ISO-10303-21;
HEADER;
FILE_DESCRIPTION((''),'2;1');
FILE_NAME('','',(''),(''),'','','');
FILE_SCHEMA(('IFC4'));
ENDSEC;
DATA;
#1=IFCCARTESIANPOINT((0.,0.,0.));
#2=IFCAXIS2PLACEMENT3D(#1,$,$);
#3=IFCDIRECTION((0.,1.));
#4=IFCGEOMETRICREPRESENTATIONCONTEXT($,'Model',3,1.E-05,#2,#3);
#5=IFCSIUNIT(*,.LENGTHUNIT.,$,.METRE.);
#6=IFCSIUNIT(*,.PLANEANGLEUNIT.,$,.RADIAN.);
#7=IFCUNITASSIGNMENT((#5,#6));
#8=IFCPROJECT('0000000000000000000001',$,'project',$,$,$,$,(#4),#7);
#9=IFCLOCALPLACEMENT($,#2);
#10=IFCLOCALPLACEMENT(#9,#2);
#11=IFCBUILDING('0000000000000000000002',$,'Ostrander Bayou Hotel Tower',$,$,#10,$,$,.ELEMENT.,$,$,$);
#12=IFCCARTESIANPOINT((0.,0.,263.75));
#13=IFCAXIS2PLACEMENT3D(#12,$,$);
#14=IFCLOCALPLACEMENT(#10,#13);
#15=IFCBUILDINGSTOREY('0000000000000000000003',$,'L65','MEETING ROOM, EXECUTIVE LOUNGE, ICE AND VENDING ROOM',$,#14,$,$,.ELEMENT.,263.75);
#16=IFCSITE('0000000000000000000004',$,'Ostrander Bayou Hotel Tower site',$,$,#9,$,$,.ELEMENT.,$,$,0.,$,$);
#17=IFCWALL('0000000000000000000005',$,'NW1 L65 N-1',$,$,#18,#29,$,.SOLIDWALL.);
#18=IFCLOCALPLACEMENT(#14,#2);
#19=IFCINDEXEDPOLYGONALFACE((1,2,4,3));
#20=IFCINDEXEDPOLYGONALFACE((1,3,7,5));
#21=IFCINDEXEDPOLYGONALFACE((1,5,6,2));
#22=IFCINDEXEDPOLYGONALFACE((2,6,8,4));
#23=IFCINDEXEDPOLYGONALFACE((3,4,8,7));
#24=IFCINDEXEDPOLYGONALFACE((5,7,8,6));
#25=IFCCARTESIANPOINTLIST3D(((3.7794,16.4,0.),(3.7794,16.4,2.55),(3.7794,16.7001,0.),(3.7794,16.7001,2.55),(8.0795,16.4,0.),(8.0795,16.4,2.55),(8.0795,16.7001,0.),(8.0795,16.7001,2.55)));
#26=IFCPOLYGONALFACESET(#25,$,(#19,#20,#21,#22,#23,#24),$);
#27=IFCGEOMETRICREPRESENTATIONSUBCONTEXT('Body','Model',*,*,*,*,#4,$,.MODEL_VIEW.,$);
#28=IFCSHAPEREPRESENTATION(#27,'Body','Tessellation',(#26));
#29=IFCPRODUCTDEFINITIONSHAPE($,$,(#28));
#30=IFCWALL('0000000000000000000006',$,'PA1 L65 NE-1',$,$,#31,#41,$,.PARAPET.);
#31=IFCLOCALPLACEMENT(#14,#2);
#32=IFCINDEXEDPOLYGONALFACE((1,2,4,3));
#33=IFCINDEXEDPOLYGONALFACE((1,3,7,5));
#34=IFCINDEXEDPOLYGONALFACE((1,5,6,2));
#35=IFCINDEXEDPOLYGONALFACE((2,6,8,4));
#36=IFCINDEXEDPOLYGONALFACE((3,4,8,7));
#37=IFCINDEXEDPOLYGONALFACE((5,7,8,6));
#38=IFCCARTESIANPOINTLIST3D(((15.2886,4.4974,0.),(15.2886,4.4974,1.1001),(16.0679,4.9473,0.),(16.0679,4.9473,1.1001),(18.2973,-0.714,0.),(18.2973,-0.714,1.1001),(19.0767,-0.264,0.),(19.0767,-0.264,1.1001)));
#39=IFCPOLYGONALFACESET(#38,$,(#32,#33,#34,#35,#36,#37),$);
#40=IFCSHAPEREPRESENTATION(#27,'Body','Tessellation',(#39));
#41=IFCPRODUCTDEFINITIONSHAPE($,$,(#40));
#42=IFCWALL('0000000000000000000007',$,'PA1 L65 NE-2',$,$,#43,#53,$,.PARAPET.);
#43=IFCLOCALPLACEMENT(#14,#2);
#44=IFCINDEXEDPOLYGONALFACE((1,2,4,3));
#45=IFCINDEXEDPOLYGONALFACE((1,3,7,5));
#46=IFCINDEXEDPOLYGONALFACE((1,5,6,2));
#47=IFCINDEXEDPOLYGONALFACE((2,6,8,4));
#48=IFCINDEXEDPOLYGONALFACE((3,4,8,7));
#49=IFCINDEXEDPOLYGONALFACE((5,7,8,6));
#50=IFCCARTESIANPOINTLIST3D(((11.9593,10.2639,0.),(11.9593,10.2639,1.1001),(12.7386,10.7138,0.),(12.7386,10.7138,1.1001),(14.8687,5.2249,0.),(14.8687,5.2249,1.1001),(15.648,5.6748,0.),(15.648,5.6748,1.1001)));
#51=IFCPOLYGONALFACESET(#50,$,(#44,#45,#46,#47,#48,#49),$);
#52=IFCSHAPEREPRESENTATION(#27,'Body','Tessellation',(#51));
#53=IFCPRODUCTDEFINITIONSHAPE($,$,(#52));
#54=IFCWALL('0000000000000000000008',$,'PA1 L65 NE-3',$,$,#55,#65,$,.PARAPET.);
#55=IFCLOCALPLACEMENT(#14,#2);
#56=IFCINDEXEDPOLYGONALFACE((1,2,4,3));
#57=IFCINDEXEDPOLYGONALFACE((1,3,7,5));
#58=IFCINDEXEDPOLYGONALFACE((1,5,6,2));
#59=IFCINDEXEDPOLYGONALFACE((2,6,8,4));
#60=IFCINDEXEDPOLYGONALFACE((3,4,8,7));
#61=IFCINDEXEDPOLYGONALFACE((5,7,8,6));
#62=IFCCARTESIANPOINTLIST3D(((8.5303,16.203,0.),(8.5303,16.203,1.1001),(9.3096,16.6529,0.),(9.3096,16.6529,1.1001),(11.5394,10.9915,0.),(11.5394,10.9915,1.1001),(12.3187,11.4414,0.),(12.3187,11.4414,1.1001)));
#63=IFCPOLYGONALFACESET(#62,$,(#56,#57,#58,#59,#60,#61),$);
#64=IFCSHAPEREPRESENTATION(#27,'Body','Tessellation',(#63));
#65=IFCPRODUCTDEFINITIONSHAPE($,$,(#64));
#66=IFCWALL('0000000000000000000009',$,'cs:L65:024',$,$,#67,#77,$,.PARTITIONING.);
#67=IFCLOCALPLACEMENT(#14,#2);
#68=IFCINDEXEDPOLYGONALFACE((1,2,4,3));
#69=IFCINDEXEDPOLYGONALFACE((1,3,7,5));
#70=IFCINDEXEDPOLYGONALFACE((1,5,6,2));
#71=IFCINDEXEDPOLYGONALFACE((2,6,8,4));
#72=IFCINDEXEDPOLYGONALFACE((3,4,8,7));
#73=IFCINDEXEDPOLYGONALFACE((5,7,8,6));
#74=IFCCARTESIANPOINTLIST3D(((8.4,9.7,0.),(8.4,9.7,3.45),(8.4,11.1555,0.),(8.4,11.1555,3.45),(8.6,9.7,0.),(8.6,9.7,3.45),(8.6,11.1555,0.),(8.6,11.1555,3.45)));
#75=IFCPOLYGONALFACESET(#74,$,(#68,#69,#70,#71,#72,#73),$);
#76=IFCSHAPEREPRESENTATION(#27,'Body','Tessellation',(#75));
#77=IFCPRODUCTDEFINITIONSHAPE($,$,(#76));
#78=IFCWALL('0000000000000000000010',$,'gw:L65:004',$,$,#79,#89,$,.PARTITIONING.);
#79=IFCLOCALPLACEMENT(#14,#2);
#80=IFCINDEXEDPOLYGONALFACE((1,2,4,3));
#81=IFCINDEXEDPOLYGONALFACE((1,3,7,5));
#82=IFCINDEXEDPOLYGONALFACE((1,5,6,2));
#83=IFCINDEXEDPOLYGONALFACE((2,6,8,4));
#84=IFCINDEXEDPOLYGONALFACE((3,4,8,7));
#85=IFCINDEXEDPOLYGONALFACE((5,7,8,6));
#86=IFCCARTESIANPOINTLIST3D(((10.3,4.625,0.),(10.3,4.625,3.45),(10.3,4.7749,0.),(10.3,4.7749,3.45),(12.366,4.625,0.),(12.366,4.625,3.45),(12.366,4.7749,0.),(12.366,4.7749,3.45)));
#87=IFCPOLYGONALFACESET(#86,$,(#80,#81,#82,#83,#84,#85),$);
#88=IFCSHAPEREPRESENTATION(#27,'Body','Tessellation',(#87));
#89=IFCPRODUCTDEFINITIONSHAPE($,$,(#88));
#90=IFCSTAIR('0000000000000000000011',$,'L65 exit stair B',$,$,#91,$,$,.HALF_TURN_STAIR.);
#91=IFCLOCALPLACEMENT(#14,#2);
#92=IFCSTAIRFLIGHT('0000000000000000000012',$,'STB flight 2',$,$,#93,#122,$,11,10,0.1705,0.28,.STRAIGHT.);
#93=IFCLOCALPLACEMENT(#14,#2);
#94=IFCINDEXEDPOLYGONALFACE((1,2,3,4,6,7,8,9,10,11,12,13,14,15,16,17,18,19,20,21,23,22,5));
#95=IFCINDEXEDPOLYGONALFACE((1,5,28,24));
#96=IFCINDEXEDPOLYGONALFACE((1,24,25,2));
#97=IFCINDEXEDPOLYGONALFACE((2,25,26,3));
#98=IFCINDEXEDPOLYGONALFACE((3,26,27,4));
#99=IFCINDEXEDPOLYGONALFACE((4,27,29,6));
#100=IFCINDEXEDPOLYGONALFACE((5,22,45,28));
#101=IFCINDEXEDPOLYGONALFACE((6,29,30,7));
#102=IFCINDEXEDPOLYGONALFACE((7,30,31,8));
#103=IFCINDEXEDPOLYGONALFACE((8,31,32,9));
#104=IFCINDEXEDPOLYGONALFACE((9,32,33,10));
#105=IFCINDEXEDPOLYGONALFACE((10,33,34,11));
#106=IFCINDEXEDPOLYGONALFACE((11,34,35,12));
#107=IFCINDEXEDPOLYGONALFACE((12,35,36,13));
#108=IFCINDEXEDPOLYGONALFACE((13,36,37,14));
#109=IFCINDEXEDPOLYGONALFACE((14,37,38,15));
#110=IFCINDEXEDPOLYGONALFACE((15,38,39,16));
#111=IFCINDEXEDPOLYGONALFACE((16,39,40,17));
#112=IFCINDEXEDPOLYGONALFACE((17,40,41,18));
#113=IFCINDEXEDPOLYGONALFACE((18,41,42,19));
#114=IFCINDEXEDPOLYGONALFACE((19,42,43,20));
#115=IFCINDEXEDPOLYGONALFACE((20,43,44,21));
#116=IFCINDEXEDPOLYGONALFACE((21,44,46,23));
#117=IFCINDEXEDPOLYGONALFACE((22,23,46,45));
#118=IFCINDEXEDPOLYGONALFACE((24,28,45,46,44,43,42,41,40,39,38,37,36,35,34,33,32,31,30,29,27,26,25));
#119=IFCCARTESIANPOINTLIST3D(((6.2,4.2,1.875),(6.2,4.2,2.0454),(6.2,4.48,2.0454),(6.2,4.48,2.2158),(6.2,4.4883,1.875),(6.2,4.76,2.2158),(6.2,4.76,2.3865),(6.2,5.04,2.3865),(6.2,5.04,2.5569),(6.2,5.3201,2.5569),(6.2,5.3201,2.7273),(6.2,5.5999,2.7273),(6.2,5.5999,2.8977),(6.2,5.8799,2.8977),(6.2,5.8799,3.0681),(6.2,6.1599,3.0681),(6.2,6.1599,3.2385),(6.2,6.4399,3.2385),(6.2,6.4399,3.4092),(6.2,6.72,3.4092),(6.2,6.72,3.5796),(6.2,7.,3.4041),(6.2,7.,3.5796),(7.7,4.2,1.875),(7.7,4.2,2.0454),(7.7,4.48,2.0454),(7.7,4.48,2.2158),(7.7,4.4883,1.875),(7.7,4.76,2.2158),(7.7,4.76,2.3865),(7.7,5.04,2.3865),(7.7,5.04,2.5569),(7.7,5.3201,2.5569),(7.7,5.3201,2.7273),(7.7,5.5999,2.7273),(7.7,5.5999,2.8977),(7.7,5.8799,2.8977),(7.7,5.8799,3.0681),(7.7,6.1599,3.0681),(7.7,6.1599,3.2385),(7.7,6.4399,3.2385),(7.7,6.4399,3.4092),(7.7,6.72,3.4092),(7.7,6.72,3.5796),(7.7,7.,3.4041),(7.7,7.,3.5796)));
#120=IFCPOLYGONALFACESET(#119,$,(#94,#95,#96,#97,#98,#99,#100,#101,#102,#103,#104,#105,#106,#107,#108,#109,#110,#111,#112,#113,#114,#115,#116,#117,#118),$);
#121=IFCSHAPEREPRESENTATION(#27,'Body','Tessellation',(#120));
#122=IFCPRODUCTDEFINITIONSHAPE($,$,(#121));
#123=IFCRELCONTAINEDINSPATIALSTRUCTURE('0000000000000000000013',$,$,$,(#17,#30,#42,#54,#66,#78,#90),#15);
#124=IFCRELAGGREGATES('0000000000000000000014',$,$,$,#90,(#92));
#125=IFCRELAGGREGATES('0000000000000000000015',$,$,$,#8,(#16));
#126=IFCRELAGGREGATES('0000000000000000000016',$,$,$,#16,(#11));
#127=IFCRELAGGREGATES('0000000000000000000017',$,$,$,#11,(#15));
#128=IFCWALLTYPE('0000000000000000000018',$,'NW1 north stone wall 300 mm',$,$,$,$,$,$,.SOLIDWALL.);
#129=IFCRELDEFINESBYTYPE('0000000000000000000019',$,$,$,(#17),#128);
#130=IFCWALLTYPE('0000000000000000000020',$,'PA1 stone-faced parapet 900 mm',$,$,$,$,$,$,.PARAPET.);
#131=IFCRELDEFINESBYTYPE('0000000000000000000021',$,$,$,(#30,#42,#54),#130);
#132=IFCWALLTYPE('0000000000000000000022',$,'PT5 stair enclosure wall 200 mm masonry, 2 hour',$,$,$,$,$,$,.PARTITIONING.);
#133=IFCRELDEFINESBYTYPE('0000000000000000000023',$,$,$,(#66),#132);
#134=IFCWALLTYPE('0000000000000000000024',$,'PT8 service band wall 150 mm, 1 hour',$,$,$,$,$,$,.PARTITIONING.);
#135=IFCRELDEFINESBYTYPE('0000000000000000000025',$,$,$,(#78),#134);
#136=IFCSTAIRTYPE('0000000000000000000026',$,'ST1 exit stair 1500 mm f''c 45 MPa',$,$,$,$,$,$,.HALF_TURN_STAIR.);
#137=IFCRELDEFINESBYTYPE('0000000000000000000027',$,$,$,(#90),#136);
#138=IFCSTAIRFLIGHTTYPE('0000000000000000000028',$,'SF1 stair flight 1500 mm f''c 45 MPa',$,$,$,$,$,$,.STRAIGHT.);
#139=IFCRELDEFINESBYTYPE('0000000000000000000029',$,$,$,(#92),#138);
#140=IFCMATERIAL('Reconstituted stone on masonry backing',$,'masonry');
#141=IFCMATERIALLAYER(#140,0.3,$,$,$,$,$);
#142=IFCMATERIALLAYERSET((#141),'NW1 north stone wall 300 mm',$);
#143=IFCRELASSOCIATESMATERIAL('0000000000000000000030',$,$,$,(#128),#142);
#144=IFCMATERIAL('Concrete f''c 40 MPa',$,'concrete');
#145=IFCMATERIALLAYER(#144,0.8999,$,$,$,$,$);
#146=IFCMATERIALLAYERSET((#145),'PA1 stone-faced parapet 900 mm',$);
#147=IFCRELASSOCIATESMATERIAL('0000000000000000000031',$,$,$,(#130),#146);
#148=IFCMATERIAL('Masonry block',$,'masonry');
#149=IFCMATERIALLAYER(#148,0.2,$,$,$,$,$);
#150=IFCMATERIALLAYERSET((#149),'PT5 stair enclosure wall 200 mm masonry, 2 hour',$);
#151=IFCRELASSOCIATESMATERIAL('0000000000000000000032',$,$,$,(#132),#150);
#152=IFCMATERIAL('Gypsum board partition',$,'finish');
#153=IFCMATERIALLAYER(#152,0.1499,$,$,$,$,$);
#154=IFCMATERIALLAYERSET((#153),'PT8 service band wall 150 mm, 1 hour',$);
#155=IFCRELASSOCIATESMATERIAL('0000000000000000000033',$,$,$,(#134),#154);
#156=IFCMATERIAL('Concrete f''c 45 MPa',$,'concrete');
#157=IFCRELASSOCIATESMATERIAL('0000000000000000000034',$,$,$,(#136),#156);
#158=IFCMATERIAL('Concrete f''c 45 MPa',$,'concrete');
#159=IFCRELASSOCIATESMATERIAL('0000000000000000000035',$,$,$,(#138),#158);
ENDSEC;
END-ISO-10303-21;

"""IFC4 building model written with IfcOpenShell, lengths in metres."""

from ifc_helpers import new_model, si_unit, direction, frame, frame_2d, origin, place, context, subcontext, project, spatial, polyline, rectangle, outline, extrude, material, layer, layer_set, type_object, element, aggregate, save


model = new_model("IFC4")

# Units and contexts
model_context = context("Model", 3, precision=1e-05, world=origin(), true_north=direction((0.0, 1.0)))
body_context = subcontext(model_context, "Body", "Model", "MODEL_VIEW")
ifc_project = project(units=[si_unit("LENGTHUNIT", "METRE"), si_unit("PLANEANGLEUNIT", "RADIAN")], contexts=[model_context])

# Site, building, storey
site_placement = place(None, origin())
site = spatial("IfcSite", under=ifc_project, at=site_placement, Name="Ostrander Bayou Hotel Tower site", CompositionType="ELEMENT", RefElevation=0.0)
building_placement = place(site_placement, origin())
building = spatial("IfcBuilding", under=site, at=building_placement, Name="Ostrander Bayou Hotel Tower", CompositionType="ELEMENT")
storey_placement = place(building_placement, frame((0.0, 0.0, 263.75)))
storey = spatial("IfcBuildingStorey", under=building, at=storey_placement, Name="L65", Description="MEETING ROOM, EXECUTIVE LOUNGE, ICE AND VENDING ROOM", CompositionType="ELEMENT", Elevation=263.75)

# Walls
ifc_material_1 = material(Name="Reconstituted stone on masonry backing", Category="masonry")
ifc_layer_1 = layer(ifc_material_1, 0.3)
ifc_layer_set_1 = layer_set([ifc_layer_1], Name="NW1 north stone wall 300 mm")
wall_type_1 = type_object("IfcWallType", Name="NW1 north stone wall 300 mm", PredefinedType="SOLIDWALL", material=ifc_layer_set_1)
wall_1_placement = place(storey_placement, frame((8.0793, 16.55, 0.0), z_axis=(0.0, 0.0, 1.0), x_axis=(-1.0, 0.0, 0.0)))
element("IfcWall", 1, at=wall_1_placement, inside=storey, type_object=wall_type_1, Name="NW1 L65 N-1", PredefinedType="SOLIDWALL", context=body_context, shape_type="SweptSolid", body=[
    extrude(rectangle(XDim=4.3, YDim=0.3, at=frame_2d((2.1499, 0.0))), origin(), (0.0, 0.0, 1.0), 2.55),
])
ifc_material_2 = material(Name="Concrete f'c 40 MPa", Category="concrete")
ifc_layer_2 = layer(ifc_material_2, 0.8999)
ifc_layer_set_2 = layer_set([ifc_layer_2], Name="PA1 stone-faced parapet 900 mm")
wall_type_2 = type_object("IfcWallType", Name="PA1 stone-faced parapet 900 mm", PredefinedType="PARAPET", material=ifc_layer_set_2)
wall_2_placement = place(storey_placement, frame((18.687, -0.489, 0.0), z_axis=(0.0, 0.0, 1.0), x_axis=(-0.499996, 0.866027, 0.0)))
element("IfcWall", 2, at=wall_2_placement, inside=storey, type_object=wall_type_2, Name="PA1 L65 NE-1", PredefinedType="PARAPET", context=body_context, shape_type="SweptSolid", body=[
    extrude(rectangle(XDim=6.0176, YDim=0.8999, at=frame_2d((3.0088, 0.0))), origin(), (0.0, 0.0, 1.0), 1.1001),
])
wall_3_placement = place(storey_placement, frame((15.2583, 5.45, 0.0), z_axis=(0.0, 0.0, 1.0), x_axis=(-0.500015, 0.866016, 0.0)))
element("IfcWall", 3, at=wall_3_placement, inside=storey, type_object=wall_type_2, Name="PA1 L65 NE-2", PredefinedType="PARAPET", context=body_context, shape_type="SweptSolid", body=[
    extrude(rectangle(XDim=5.8186, YDim=0.8999, at=frame_2d((2.9092, 0.0))), origin(), (0.0, 0.0, 1.0), 1.1001),
])
wall_4_placement = place(storey_placement, frame((11.929, 11.2166, 0.0), z_axis=(0.0, 0.0, 1.0), x_axis=(-0.500027, 0.86601, 0.0)))
element("IfcWall", 4, at=wall_4_placement, inside=storey, type_object=wall_type_2, Name="PA1 L65 NE-3", PredefinedType="PARAPET", context=body_context, shape_type="SweptSolid", body=[
    extrude(rectangle(XDim=6.0178, YDim=0.8999, at=frame_2d((3.0088, 0.0))), origin(), (0.0, 0.0, 1.0), 1.1001),
])
ifc_material_3 = material(Name="Masonry block", Category="masonry")
ifc_layer_3 = layer(ifc_material_3, 0.2)
ifc_layer_set_3 = layer_set([ifc_layer_3], Name="PT5 stair enclosure wall 200 mm masonry, 2 hour")
wall_type_3 = type_object("IfcWallType", Name="PT5 stair enclosure wall 200 mm masonry, 2 hour", PredefinedType="PARTITIONING", material=ifc_layer_set_3)
wall_5_placement = place(storey_placement, frame((8.5, 9.7, 0.0), z_axis=(0.0, 0.0, 1.0), x_axis=(0.0, 1.0, 0.0)))
element("IfcWall", 5, at=wall_5_placement, inside=storey, type_object=wall_type_3, Name="cs:L65:024", PredefinedType="PARTITIONING", context=body_context, shape_type="SweptSolid", body=[
    extrude(rectangle(XDim=1.4556, YDim=0.2, at=frame_2d((0.7278, 0.0))), origin(), (0.0, 0.0, 1.0), 3.45),
])
ifc_material_4 = material(Name="Gypsum board partition", Category="finish")
ifc_layer_4 = layer(ifc_material_4, 0.1499)
ifc_layer_set_4 = layer_set([ifc_layer_4], Name="PT8 service band wall 150 mm, 1 hour")
wall_type_4 = type_object("IfcWallType", Name="PT8 service band wall 150 mm, 1 hour", PredefinedType="PARTITIONING", material=ifc_layer_set_4)
wall_6_placement = place(storey_placement, frame((10.3, 4.7, 0.0), z_axis=(0.0, 0.0, 1.0), x_axis=(1.0, 0.0, 0.0)))
element("IfcWall", 6, at=wall_6_placement, inside=storey, type_object=wall_type_4, Name="gw:L65:004", PredefinedType="PARTITIONING", context=body_context, shape_type="SweptSolid", body=[
    extrude(rectangle(XDim=2.0659, YDim=0.1499, at=frame_2d((1.033, 0.0))), origin(), (0.0, 0.0, 1.0), 3.45),
])

# Stair, stair flight
ifc_material_5 = material(Name="Concrete f'c 45 MPa", Category="concrete")
stair_type = type_object("IfcStairType", Name="ST1 exit stair 1500 mm f'c 45 MPa", PredefinedType="HALF_TURN_STAIR", material=ifc_material_5)
stair_placement = place(storey_placement, origin())
stair = element("IfcStair", 7, at=stair_placement, inside=storey, type_object=stair_type, Name="L65 exit stair B", PredefinedType="HALF_TURN_STAIR")
ifc_material_6 = material(Name="Concrete f'c 45 MPa", Category="concrete")
stair_flight_type = type_object("IfcStairFlightType", Name="SF1 stair flight 1500 mm f'c 45 MPa", PredefinedType="STRAIGHT", material=ifc_material_6)
stair_flight_placement = place(storey_placement, frame((6.95, 4.2, 1.875), z_axis=(0.0, 0.0, 1.0), x_axis=(0.0, 1.0, 0.0)))
stair_flight = element("IfcStairFlight", 8, at=stair_flight_placement, type_object=stair_flight_type, Name="STB flight 2", NumberOfRisers=11, NumberOfTreads=10, PredefinedType="STRAIGHT", RiserHeight=0.1705, TreadLength=0.28, context=body_context, shape_type="SweptSolid", body=[
    extrude(outline(polyline([(0.0, 0.0), (0.0, 0.1704), (0.28, 0.1704), (0.28, 0.3408), (0.5601, 0.3408), (0.5601, 0.5115), (0.8401, 0.5115), (0.8401, 0.6819), (1.1201, 0.6819), (1.1201, 0.8523), (1.3999, 0.8523), (1.3999, 1.0227), (1.6799, 1.0227), (1.6799, 1.1931), (1.96, 1.1931), (1.96, 1.3635), (2.24, 1.3635), (2.24, 1.5342), (2.52, 1.5342), (2.52, 1.7046), (2.8, 1.7046), (2.8, 1.875), (2.8, 1.5291), (0.2883, 0.0), (0.0, 0.0)])), frame((0.0, 0.75, 0.0), z_axis=(0.0, -1.0, 0.0), x_axis=(1.0, 0.0, 0.0)), (0.0, 0.0, 1.0), 1.5),
])
aggregate(stair, [stair_flight])

save(model, "model.ifc")
